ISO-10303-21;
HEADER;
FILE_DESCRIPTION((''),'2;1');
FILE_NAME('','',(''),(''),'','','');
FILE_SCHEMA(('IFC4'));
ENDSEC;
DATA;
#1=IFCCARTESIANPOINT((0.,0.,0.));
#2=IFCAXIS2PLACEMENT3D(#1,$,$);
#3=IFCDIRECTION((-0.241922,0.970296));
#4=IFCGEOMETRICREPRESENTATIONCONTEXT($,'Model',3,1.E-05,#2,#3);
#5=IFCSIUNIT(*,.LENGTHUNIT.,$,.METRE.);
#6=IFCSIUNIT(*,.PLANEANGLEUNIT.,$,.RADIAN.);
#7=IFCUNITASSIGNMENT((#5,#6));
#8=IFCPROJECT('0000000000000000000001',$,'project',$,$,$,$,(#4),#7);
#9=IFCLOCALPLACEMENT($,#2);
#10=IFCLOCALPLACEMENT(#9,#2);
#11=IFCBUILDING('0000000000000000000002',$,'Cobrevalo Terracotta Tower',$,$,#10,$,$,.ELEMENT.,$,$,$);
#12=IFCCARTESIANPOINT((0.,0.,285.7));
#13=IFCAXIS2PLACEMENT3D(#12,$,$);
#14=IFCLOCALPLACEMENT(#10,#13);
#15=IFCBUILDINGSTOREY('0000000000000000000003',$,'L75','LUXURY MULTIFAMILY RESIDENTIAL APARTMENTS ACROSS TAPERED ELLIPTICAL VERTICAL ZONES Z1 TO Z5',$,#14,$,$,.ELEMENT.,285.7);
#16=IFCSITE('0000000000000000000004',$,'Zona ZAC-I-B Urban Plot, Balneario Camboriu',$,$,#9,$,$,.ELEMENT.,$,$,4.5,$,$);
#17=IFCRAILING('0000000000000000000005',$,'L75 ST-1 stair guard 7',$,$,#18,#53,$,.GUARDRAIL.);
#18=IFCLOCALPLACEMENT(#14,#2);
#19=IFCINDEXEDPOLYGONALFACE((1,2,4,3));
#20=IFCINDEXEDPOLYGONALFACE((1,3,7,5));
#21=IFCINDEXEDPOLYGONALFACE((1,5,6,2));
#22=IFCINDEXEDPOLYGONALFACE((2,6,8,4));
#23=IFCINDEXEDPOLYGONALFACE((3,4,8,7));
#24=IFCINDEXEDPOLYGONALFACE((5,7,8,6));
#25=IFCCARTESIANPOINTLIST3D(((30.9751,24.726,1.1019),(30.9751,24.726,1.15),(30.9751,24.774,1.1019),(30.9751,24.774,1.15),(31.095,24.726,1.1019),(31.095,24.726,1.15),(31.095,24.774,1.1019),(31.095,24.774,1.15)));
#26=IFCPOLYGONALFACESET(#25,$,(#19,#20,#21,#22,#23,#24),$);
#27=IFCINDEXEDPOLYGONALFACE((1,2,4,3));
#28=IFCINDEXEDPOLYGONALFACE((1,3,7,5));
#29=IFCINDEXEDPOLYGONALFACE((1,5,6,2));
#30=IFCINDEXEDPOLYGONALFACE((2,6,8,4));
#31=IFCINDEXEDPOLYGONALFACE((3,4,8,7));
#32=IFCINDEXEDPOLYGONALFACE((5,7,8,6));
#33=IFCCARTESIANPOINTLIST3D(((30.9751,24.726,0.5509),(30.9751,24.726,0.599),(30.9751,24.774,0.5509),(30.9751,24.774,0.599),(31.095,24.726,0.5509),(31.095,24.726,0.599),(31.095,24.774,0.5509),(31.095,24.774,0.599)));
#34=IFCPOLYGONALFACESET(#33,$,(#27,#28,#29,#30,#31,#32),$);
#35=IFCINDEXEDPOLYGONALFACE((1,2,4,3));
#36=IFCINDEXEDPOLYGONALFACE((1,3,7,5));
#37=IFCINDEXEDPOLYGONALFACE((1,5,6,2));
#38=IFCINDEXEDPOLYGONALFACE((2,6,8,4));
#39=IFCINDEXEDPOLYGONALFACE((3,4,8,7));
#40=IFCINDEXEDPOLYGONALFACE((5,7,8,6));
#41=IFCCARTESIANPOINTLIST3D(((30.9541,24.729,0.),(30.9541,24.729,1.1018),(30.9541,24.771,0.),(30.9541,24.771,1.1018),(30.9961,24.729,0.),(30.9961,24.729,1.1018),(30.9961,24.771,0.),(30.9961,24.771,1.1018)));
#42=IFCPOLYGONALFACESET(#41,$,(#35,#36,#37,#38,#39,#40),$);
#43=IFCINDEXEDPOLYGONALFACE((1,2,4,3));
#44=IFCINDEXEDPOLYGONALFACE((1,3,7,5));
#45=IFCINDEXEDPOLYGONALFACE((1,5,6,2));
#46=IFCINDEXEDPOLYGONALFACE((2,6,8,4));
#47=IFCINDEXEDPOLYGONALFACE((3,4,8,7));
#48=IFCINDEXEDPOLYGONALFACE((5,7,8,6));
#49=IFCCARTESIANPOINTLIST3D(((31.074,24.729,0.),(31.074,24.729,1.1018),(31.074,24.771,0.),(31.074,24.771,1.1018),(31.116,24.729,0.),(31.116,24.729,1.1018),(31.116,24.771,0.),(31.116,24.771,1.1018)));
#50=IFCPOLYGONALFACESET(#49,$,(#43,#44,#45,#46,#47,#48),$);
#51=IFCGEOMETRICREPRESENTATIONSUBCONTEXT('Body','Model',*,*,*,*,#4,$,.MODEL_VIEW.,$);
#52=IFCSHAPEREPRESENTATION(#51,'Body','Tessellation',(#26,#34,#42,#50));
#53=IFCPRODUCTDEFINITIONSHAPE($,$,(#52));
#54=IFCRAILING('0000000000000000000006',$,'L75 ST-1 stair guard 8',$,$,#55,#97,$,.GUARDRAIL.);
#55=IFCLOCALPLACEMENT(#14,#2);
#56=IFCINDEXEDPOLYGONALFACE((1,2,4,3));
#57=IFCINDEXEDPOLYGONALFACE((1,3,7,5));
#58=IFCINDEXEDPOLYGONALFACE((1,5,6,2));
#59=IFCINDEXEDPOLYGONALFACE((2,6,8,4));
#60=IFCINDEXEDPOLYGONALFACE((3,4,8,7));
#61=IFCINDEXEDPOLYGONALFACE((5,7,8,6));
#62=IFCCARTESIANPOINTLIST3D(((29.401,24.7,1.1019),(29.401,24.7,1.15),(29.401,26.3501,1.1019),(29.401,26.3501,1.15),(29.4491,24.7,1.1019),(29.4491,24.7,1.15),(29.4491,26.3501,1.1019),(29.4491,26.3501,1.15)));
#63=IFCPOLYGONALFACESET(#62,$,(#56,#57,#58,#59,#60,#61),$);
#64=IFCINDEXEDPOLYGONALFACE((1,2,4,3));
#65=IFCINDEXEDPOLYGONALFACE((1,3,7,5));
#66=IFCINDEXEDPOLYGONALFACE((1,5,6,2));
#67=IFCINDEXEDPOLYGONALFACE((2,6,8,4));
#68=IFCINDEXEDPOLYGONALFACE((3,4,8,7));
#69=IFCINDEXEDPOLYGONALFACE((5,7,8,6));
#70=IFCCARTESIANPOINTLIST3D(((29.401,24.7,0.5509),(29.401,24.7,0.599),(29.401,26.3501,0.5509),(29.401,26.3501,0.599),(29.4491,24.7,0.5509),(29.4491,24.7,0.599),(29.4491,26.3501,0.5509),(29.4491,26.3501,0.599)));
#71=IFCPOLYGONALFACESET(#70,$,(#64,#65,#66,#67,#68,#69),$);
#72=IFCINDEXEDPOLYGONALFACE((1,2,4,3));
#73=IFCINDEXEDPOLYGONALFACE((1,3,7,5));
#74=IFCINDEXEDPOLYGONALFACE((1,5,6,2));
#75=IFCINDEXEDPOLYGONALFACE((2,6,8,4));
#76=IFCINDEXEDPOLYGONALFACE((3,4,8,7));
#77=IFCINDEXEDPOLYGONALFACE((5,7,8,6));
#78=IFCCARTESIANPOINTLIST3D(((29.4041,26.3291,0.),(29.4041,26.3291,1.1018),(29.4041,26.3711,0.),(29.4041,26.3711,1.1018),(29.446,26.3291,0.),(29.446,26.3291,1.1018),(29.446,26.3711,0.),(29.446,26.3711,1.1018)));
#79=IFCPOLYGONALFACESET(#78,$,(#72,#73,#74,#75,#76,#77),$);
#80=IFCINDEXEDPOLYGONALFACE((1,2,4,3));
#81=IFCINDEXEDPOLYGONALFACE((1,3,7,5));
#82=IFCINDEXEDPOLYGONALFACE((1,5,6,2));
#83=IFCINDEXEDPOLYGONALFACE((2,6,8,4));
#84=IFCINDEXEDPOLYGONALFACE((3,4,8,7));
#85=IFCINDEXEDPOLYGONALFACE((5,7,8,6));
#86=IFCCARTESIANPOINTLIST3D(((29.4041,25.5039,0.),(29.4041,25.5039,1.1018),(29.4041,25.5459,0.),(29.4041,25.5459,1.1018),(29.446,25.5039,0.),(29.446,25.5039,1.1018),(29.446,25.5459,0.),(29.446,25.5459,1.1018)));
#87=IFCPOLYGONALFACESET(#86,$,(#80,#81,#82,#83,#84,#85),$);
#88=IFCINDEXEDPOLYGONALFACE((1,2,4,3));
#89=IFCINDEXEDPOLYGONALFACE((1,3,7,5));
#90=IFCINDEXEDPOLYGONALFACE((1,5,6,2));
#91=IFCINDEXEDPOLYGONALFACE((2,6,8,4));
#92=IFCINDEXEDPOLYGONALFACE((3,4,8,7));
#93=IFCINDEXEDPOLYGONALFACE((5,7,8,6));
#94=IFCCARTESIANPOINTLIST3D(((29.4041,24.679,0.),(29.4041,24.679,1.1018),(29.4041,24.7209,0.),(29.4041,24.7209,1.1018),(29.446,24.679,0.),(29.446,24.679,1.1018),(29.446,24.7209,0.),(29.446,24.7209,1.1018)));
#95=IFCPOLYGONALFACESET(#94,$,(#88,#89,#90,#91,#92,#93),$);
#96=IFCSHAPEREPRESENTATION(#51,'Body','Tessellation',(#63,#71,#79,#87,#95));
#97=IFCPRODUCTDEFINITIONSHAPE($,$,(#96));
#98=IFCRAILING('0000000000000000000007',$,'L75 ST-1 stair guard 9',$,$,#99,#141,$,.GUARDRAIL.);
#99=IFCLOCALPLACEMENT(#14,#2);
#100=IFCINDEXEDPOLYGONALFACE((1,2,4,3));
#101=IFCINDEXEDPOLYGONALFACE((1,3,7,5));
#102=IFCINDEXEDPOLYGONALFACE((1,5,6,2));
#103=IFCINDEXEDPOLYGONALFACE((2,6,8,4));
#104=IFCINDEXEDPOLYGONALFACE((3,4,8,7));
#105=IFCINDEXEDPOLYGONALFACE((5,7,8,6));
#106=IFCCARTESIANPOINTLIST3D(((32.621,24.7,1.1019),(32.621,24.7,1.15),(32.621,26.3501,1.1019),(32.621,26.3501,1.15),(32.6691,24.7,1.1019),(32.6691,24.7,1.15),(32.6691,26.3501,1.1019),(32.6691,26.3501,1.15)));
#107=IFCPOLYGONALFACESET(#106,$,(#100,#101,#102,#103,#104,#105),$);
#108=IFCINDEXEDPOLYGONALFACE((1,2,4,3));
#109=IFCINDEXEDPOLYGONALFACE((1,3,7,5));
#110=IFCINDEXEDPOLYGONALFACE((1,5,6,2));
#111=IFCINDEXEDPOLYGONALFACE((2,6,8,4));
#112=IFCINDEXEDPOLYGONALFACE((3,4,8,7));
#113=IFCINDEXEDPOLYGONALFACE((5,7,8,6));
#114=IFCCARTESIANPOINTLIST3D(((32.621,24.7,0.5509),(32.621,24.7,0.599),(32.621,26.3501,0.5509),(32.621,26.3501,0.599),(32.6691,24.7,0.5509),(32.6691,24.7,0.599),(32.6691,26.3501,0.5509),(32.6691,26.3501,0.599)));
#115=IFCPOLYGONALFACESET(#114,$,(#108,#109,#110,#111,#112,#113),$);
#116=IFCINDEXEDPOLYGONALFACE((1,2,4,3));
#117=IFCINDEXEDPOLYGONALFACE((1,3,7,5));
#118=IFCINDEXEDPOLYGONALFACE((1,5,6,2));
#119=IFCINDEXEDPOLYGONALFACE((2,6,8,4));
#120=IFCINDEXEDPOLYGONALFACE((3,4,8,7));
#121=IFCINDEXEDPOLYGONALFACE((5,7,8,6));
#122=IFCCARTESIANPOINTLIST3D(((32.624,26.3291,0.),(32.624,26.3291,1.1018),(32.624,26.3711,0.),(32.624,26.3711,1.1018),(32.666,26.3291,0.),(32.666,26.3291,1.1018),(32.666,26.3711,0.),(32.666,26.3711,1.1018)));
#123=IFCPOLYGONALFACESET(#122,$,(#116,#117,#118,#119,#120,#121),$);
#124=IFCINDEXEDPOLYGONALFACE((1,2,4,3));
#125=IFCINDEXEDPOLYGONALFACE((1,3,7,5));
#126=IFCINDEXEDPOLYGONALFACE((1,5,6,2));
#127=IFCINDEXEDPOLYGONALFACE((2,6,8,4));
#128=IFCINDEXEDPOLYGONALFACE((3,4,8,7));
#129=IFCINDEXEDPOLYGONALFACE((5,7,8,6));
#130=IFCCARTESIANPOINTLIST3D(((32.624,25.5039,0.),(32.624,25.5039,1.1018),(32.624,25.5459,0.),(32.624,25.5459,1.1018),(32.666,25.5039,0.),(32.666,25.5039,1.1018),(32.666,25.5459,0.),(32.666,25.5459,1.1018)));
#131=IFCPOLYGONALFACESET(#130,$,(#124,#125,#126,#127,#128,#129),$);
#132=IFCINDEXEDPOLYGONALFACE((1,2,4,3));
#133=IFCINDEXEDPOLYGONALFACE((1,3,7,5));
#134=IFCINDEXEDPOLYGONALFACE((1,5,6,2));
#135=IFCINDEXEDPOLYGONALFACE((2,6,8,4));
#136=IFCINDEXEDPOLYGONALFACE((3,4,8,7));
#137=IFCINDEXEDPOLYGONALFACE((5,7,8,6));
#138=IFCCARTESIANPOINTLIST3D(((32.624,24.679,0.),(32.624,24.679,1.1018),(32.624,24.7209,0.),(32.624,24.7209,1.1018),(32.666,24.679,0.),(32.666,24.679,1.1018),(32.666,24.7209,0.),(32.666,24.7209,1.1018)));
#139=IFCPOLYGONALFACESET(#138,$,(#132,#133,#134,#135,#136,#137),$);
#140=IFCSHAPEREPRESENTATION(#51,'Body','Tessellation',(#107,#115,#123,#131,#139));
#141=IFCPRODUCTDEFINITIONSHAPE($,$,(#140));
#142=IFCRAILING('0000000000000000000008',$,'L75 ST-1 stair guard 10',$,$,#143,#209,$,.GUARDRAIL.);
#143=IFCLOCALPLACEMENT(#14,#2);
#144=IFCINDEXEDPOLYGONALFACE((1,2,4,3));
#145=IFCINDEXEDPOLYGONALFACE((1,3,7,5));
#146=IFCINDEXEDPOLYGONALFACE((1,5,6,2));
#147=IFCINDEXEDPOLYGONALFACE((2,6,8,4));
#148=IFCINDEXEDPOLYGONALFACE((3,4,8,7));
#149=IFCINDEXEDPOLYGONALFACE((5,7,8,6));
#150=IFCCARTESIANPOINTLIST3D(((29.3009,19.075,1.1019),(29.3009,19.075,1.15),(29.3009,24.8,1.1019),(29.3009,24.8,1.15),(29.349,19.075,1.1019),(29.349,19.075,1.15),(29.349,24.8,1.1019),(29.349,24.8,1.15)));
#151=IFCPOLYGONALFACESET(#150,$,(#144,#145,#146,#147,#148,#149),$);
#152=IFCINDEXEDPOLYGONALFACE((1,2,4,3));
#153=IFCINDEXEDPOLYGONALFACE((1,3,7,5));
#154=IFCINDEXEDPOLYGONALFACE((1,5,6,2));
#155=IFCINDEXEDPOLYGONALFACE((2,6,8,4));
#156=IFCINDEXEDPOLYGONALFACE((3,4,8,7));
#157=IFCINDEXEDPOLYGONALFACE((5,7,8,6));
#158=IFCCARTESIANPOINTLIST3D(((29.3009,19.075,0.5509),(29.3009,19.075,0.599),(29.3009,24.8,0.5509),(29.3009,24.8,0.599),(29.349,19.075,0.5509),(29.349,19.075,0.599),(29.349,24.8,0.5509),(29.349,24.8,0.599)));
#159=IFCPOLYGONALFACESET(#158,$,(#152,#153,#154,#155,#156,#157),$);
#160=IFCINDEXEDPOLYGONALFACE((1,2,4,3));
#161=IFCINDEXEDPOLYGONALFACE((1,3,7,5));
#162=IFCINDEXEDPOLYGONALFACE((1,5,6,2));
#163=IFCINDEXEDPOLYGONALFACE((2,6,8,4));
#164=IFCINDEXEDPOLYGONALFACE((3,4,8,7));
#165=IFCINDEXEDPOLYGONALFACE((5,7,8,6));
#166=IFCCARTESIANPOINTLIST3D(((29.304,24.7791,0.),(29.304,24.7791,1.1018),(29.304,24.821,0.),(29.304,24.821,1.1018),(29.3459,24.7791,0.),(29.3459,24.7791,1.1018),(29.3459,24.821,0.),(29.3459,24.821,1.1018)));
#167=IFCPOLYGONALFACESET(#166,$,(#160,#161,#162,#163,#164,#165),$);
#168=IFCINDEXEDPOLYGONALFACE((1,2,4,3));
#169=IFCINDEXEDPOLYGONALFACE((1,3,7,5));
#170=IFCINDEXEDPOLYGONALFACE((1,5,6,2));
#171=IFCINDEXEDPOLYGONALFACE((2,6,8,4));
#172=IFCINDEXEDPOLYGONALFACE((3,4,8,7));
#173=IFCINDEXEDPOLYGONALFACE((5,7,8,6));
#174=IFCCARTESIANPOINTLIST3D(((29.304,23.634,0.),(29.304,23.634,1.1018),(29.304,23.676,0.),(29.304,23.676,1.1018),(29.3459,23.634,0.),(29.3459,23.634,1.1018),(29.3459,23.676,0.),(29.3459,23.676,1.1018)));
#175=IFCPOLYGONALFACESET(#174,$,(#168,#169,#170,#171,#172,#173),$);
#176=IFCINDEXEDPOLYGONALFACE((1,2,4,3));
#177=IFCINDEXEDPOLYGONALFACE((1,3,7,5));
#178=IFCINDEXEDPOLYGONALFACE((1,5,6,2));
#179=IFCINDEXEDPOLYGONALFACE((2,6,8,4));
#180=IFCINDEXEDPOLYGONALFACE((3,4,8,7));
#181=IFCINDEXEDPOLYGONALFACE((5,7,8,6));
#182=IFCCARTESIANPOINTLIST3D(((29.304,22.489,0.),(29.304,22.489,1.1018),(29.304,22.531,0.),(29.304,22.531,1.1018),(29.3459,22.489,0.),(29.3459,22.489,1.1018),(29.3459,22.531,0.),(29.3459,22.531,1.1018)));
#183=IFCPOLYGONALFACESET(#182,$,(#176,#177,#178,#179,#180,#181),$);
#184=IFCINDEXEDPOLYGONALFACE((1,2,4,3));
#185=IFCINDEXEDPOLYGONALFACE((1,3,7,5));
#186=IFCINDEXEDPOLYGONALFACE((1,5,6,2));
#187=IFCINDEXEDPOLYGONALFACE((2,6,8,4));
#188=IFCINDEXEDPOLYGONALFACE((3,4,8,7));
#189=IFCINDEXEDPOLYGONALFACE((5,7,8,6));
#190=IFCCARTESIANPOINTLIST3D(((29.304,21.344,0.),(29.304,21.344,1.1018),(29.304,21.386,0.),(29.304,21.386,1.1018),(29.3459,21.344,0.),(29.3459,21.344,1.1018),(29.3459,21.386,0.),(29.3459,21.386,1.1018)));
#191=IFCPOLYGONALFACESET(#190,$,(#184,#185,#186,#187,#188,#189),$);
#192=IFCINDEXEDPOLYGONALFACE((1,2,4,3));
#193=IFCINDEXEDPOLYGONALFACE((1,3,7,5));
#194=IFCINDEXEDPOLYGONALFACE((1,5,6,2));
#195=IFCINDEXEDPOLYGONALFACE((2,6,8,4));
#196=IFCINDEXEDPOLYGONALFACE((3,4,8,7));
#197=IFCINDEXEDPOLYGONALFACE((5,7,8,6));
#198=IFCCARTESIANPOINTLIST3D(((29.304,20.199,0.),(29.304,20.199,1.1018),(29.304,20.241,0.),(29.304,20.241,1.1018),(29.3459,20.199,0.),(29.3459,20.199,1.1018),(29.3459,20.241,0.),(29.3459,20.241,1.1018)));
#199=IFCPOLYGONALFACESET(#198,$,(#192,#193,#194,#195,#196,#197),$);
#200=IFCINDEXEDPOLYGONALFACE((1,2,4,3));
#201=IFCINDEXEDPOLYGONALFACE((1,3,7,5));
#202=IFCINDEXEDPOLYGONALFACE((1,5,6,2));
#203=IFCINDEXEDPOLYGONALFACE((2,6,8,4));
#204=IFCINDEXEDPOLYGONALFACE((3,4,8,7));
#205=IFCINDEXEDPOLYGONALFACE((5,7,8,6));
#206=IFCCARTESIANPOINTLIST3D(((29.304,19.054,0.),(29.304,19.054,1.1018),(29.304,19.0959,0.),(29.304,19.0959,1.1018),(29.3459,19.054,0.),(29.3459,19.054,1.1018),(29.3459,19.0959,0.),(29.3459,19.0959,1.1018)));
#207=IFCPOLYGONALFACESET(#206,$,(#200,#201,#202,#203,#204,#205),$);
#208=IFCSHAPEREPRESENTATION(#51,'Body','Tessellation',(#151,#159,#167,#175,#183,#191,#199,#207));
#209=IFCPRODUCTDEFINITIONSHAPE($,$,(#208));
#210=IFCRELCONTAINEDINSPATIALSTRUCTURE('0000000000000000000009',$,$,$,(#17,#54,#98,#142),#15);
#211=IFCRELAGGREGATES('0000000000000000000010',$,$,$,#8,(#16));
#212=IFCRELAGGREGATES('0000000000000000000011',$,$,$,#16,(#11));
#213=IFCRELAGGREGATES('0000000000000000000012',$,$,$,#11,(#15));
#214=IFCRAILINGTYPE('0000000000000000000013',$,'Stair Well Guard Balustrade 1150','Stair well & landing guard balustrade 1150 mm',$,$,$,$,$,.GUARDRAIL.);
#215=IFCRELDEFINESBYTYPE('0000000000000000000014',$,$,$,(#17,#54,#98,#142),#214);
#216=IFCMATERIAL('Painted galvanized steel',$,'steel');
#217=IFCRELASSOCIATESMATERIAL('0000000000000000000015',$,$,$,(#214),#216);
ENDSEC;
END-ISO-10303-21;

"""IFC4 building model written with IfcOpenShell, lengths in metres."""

from ifc_helpers import new_model, si_unit, direction, frame, origin, origin_2d, place, context, subcontext, project, spatial, rectangle, extrude, material, type_object, element, save


model = new_model("IFC4")

# Units and contexts
model_context = context("Model", 3, precision=1e-05, world=origin(), true_north=direction((-0.241922, 0.970296)))
body_context = subcontext(model_context, "Body", "Model", "MODEL_VIEW")
ifc_project = project(units=[si_unit("LENGTHUNIT", "METRE"), si_unit("PLANEANGLEUNIT", "RADIAN")], contexts=[model_context])

# Site, building, storey
site_placement = place(None, origin())
site = spatial("IfcSite", under=ifc_project, at=site_placement, Name="Zona ZAC-I-B Urban Plot, Balneario Camboriu", CompositionType="ELEMENT", RefElevation=4.5)
building_placement = place(site_placement, origin())
building = spatial("IfcBuilding", under=site, at=building_placement, Name="Cobrevalo Terracotta Tower", CompositionType="ELEMENT")
storey_placement = place(building_placement, frame((0.0, 0.0, 285.7)))
storey = spatial("IfcBuildingStorey", under=building, at=storey_placement, Name="L75", Description="LUXURY MULTIFAMILY RESIDENTIAL APARTMENTS ACROSS TAPERED ELLIPTICAL VERTICAL ZONES Z1 TO Z5", CompositionType="ELEMENT", Elevation=285.7)

# Railings
ifc_material_1 = material(Name="Painted galvanized steel", Category="steel")
railing_type_1 = type_object("IfcRailingType", Name="Stair Well Guard Balustrade 1150", Description="Stair well & landing guard balustrade 1150 mm", PredefinedType="GUARDRAIL", material=ifc_material_1)
railing_1_placement = place(storey_placement, frame((30.9751, 24.75, 0.0)))
element("IfcRailing", 1, at=railing_1_placement, inside=storey, type_object=railing_type_1, Name="L75 ST-1 stair guard 7", PredefinedType="GUARDRAIL", context=body_context, shape_type="SweptSolid", body=[
    extrude(rectangle(XDim=0.0481, YDim=0.0481, at=origin_2d()), frame((0.0, 0.0, 1.126), z_axis=(1.0, 0.0, 0.0), x_axis=(0.0, 1.0, 0.0)), (0.0, 0.0, 1.0), 0.1199),
    extrude(rectangle(XDim=0.0481, YDim=0.0481, at=origin_2d()), frame((0.0, 0.0, 0.575), z_axis=(1.0, 0.0, 0.0), x_axis=(0.0, 1.0, 0.0)), (0.0, 0.0, 1.0), 0.1199),
    extrude(rectangle(XDim=0.042, YDim=0.042, at=origin_2d()), origin(), (0.0, 0.0, 1.0), 1.1018),
    extrude(rectangle(XDim=0.042, YDim=0.042, at=origin_2d()), frame((0.1199, 0.0, 0.0)), (0.0, 0.0, 1.0), 1.1018),
])
for number, where, name in (
    (2, (29.425, 26.3501, 0.0), "L75 ST-1 stair guard 8"),
    (3, (32.645, 26.3501, 0.0), "L75 ST-1 stair guard 9"),
):
    element("IfcRailing", number, at=place(storey_placement, frame(where)), inside=storey, type_object=railing_type_1, Name=name, PredefinedType="GUARDRAIL", context=body_context, shape_type="SweptSolid", body=[
        extrude(rectangle(XDim=0.0481, YDim=0.0481, at=origin_2d()), frame((0.0, 0.0, 1.126), z_axis=(0.0, -1.0, 0.0), x_axis=(1.0, 0.0, 0.0)), (0.0, 0.0, 1.0), 1.6501),
        extrude(rectangle(XDim=0.0481, YDim=0.0481, at=origin_2d()), frame((0.0, 0.0, 0.575), z_axis=(0.0, -1.0, 0.0), x_axis=(1.0, 0.0, 0.0)), (0.0, 0.0, 1.0), 1.6501),
        extrude(rectangle(XDim=0.042, YDim=0.042, at=origin_2d()), origin(), (0.0, 0.0, 1.0), 1.1018),
        extrude(rectangle(XDim=0.042, YDim=0.042, at=origin_2d()), frame((0.0, -0.8252, 0.0)), (0.0, 0.0, 1.0), 1.1018),
        extrude(rectangle(XDim=0.042, YDim=0.042, at=origin_2d()), frame((0.0, -1.6501, 0.0)), (0.0, 0.0, 1.0), 1.1018),
    ])
for number, where, name in (
    (4, (29.325, 24.8, 0.0), "L75 ST-1 stair guard 10"),
):
    element("IfcRailing", number, at=place(storey_placement, frame(where)), inside=storey, type_object=railing_type_1, Name=name, PredefinedType="GUARDRAIL", context=body_context, shape_type="SweptSolid", body=[
        extrude(rectangle(XDim=0.0481, YDim=0.0481, at=origin_2d()), frame((0.0, 0.0, 1.126), z_axis=(0.0, -1.0, 0.0), x_axis=(1.0, 0.0, 0.0)), (0.0, 0.0, 1.0), 5.7251),
        extrude(rectangle(XDim=0.0481, YDim=0.0481, at=origin_2d()), frame((0.0, 0.0, 0.575), z_axis=(0.0, -1.0, 0.0), x_axis=(1.0, 0.0, 0.0)), (0.0, 0.0, 1.0), 5.7251),
        extrude(rectangle(XDim=0.042, YDim=0.042, at=origin_2d()), origin(), (0.0, 0.0, 1.0), 1.1018),
        extrude(rectangle(XDim=0.042, YDim=0.042, at=origin_2d()), frame((0.0, -1.145, 0.0)), (0.0, 0.0, 1.0), 1.1018),
        extrude(rectangle(XDim=0.042, YDim=0.042, at=origin_2d()), frame((0.0, -2.29, 0.0)), (0.0, 0.0, 1.0), 1.1018),
        extrude(rectangle(XDim=0.042, YDim=0.042, at=origin_2d()), frame((0.0, -3.4351, 0.0)), (0.0, 0.0, 1.0), 1.1018),
        extrude(rectangle(XDim=0.042, YDim=0.042, at=origin_2d()), frame((0.0, -4.5801, 0.0)), (0.0, 0.0, 1.0), 1.1018),
        extrude(rectangle(XDim=0.042, YDim=0.042, at=origin_2d()), frame((0.0, -5.7251, 0.0)), (0.0, 0.0, 1.0), 1.1018),
    ])

save(model, "model.ifc")
